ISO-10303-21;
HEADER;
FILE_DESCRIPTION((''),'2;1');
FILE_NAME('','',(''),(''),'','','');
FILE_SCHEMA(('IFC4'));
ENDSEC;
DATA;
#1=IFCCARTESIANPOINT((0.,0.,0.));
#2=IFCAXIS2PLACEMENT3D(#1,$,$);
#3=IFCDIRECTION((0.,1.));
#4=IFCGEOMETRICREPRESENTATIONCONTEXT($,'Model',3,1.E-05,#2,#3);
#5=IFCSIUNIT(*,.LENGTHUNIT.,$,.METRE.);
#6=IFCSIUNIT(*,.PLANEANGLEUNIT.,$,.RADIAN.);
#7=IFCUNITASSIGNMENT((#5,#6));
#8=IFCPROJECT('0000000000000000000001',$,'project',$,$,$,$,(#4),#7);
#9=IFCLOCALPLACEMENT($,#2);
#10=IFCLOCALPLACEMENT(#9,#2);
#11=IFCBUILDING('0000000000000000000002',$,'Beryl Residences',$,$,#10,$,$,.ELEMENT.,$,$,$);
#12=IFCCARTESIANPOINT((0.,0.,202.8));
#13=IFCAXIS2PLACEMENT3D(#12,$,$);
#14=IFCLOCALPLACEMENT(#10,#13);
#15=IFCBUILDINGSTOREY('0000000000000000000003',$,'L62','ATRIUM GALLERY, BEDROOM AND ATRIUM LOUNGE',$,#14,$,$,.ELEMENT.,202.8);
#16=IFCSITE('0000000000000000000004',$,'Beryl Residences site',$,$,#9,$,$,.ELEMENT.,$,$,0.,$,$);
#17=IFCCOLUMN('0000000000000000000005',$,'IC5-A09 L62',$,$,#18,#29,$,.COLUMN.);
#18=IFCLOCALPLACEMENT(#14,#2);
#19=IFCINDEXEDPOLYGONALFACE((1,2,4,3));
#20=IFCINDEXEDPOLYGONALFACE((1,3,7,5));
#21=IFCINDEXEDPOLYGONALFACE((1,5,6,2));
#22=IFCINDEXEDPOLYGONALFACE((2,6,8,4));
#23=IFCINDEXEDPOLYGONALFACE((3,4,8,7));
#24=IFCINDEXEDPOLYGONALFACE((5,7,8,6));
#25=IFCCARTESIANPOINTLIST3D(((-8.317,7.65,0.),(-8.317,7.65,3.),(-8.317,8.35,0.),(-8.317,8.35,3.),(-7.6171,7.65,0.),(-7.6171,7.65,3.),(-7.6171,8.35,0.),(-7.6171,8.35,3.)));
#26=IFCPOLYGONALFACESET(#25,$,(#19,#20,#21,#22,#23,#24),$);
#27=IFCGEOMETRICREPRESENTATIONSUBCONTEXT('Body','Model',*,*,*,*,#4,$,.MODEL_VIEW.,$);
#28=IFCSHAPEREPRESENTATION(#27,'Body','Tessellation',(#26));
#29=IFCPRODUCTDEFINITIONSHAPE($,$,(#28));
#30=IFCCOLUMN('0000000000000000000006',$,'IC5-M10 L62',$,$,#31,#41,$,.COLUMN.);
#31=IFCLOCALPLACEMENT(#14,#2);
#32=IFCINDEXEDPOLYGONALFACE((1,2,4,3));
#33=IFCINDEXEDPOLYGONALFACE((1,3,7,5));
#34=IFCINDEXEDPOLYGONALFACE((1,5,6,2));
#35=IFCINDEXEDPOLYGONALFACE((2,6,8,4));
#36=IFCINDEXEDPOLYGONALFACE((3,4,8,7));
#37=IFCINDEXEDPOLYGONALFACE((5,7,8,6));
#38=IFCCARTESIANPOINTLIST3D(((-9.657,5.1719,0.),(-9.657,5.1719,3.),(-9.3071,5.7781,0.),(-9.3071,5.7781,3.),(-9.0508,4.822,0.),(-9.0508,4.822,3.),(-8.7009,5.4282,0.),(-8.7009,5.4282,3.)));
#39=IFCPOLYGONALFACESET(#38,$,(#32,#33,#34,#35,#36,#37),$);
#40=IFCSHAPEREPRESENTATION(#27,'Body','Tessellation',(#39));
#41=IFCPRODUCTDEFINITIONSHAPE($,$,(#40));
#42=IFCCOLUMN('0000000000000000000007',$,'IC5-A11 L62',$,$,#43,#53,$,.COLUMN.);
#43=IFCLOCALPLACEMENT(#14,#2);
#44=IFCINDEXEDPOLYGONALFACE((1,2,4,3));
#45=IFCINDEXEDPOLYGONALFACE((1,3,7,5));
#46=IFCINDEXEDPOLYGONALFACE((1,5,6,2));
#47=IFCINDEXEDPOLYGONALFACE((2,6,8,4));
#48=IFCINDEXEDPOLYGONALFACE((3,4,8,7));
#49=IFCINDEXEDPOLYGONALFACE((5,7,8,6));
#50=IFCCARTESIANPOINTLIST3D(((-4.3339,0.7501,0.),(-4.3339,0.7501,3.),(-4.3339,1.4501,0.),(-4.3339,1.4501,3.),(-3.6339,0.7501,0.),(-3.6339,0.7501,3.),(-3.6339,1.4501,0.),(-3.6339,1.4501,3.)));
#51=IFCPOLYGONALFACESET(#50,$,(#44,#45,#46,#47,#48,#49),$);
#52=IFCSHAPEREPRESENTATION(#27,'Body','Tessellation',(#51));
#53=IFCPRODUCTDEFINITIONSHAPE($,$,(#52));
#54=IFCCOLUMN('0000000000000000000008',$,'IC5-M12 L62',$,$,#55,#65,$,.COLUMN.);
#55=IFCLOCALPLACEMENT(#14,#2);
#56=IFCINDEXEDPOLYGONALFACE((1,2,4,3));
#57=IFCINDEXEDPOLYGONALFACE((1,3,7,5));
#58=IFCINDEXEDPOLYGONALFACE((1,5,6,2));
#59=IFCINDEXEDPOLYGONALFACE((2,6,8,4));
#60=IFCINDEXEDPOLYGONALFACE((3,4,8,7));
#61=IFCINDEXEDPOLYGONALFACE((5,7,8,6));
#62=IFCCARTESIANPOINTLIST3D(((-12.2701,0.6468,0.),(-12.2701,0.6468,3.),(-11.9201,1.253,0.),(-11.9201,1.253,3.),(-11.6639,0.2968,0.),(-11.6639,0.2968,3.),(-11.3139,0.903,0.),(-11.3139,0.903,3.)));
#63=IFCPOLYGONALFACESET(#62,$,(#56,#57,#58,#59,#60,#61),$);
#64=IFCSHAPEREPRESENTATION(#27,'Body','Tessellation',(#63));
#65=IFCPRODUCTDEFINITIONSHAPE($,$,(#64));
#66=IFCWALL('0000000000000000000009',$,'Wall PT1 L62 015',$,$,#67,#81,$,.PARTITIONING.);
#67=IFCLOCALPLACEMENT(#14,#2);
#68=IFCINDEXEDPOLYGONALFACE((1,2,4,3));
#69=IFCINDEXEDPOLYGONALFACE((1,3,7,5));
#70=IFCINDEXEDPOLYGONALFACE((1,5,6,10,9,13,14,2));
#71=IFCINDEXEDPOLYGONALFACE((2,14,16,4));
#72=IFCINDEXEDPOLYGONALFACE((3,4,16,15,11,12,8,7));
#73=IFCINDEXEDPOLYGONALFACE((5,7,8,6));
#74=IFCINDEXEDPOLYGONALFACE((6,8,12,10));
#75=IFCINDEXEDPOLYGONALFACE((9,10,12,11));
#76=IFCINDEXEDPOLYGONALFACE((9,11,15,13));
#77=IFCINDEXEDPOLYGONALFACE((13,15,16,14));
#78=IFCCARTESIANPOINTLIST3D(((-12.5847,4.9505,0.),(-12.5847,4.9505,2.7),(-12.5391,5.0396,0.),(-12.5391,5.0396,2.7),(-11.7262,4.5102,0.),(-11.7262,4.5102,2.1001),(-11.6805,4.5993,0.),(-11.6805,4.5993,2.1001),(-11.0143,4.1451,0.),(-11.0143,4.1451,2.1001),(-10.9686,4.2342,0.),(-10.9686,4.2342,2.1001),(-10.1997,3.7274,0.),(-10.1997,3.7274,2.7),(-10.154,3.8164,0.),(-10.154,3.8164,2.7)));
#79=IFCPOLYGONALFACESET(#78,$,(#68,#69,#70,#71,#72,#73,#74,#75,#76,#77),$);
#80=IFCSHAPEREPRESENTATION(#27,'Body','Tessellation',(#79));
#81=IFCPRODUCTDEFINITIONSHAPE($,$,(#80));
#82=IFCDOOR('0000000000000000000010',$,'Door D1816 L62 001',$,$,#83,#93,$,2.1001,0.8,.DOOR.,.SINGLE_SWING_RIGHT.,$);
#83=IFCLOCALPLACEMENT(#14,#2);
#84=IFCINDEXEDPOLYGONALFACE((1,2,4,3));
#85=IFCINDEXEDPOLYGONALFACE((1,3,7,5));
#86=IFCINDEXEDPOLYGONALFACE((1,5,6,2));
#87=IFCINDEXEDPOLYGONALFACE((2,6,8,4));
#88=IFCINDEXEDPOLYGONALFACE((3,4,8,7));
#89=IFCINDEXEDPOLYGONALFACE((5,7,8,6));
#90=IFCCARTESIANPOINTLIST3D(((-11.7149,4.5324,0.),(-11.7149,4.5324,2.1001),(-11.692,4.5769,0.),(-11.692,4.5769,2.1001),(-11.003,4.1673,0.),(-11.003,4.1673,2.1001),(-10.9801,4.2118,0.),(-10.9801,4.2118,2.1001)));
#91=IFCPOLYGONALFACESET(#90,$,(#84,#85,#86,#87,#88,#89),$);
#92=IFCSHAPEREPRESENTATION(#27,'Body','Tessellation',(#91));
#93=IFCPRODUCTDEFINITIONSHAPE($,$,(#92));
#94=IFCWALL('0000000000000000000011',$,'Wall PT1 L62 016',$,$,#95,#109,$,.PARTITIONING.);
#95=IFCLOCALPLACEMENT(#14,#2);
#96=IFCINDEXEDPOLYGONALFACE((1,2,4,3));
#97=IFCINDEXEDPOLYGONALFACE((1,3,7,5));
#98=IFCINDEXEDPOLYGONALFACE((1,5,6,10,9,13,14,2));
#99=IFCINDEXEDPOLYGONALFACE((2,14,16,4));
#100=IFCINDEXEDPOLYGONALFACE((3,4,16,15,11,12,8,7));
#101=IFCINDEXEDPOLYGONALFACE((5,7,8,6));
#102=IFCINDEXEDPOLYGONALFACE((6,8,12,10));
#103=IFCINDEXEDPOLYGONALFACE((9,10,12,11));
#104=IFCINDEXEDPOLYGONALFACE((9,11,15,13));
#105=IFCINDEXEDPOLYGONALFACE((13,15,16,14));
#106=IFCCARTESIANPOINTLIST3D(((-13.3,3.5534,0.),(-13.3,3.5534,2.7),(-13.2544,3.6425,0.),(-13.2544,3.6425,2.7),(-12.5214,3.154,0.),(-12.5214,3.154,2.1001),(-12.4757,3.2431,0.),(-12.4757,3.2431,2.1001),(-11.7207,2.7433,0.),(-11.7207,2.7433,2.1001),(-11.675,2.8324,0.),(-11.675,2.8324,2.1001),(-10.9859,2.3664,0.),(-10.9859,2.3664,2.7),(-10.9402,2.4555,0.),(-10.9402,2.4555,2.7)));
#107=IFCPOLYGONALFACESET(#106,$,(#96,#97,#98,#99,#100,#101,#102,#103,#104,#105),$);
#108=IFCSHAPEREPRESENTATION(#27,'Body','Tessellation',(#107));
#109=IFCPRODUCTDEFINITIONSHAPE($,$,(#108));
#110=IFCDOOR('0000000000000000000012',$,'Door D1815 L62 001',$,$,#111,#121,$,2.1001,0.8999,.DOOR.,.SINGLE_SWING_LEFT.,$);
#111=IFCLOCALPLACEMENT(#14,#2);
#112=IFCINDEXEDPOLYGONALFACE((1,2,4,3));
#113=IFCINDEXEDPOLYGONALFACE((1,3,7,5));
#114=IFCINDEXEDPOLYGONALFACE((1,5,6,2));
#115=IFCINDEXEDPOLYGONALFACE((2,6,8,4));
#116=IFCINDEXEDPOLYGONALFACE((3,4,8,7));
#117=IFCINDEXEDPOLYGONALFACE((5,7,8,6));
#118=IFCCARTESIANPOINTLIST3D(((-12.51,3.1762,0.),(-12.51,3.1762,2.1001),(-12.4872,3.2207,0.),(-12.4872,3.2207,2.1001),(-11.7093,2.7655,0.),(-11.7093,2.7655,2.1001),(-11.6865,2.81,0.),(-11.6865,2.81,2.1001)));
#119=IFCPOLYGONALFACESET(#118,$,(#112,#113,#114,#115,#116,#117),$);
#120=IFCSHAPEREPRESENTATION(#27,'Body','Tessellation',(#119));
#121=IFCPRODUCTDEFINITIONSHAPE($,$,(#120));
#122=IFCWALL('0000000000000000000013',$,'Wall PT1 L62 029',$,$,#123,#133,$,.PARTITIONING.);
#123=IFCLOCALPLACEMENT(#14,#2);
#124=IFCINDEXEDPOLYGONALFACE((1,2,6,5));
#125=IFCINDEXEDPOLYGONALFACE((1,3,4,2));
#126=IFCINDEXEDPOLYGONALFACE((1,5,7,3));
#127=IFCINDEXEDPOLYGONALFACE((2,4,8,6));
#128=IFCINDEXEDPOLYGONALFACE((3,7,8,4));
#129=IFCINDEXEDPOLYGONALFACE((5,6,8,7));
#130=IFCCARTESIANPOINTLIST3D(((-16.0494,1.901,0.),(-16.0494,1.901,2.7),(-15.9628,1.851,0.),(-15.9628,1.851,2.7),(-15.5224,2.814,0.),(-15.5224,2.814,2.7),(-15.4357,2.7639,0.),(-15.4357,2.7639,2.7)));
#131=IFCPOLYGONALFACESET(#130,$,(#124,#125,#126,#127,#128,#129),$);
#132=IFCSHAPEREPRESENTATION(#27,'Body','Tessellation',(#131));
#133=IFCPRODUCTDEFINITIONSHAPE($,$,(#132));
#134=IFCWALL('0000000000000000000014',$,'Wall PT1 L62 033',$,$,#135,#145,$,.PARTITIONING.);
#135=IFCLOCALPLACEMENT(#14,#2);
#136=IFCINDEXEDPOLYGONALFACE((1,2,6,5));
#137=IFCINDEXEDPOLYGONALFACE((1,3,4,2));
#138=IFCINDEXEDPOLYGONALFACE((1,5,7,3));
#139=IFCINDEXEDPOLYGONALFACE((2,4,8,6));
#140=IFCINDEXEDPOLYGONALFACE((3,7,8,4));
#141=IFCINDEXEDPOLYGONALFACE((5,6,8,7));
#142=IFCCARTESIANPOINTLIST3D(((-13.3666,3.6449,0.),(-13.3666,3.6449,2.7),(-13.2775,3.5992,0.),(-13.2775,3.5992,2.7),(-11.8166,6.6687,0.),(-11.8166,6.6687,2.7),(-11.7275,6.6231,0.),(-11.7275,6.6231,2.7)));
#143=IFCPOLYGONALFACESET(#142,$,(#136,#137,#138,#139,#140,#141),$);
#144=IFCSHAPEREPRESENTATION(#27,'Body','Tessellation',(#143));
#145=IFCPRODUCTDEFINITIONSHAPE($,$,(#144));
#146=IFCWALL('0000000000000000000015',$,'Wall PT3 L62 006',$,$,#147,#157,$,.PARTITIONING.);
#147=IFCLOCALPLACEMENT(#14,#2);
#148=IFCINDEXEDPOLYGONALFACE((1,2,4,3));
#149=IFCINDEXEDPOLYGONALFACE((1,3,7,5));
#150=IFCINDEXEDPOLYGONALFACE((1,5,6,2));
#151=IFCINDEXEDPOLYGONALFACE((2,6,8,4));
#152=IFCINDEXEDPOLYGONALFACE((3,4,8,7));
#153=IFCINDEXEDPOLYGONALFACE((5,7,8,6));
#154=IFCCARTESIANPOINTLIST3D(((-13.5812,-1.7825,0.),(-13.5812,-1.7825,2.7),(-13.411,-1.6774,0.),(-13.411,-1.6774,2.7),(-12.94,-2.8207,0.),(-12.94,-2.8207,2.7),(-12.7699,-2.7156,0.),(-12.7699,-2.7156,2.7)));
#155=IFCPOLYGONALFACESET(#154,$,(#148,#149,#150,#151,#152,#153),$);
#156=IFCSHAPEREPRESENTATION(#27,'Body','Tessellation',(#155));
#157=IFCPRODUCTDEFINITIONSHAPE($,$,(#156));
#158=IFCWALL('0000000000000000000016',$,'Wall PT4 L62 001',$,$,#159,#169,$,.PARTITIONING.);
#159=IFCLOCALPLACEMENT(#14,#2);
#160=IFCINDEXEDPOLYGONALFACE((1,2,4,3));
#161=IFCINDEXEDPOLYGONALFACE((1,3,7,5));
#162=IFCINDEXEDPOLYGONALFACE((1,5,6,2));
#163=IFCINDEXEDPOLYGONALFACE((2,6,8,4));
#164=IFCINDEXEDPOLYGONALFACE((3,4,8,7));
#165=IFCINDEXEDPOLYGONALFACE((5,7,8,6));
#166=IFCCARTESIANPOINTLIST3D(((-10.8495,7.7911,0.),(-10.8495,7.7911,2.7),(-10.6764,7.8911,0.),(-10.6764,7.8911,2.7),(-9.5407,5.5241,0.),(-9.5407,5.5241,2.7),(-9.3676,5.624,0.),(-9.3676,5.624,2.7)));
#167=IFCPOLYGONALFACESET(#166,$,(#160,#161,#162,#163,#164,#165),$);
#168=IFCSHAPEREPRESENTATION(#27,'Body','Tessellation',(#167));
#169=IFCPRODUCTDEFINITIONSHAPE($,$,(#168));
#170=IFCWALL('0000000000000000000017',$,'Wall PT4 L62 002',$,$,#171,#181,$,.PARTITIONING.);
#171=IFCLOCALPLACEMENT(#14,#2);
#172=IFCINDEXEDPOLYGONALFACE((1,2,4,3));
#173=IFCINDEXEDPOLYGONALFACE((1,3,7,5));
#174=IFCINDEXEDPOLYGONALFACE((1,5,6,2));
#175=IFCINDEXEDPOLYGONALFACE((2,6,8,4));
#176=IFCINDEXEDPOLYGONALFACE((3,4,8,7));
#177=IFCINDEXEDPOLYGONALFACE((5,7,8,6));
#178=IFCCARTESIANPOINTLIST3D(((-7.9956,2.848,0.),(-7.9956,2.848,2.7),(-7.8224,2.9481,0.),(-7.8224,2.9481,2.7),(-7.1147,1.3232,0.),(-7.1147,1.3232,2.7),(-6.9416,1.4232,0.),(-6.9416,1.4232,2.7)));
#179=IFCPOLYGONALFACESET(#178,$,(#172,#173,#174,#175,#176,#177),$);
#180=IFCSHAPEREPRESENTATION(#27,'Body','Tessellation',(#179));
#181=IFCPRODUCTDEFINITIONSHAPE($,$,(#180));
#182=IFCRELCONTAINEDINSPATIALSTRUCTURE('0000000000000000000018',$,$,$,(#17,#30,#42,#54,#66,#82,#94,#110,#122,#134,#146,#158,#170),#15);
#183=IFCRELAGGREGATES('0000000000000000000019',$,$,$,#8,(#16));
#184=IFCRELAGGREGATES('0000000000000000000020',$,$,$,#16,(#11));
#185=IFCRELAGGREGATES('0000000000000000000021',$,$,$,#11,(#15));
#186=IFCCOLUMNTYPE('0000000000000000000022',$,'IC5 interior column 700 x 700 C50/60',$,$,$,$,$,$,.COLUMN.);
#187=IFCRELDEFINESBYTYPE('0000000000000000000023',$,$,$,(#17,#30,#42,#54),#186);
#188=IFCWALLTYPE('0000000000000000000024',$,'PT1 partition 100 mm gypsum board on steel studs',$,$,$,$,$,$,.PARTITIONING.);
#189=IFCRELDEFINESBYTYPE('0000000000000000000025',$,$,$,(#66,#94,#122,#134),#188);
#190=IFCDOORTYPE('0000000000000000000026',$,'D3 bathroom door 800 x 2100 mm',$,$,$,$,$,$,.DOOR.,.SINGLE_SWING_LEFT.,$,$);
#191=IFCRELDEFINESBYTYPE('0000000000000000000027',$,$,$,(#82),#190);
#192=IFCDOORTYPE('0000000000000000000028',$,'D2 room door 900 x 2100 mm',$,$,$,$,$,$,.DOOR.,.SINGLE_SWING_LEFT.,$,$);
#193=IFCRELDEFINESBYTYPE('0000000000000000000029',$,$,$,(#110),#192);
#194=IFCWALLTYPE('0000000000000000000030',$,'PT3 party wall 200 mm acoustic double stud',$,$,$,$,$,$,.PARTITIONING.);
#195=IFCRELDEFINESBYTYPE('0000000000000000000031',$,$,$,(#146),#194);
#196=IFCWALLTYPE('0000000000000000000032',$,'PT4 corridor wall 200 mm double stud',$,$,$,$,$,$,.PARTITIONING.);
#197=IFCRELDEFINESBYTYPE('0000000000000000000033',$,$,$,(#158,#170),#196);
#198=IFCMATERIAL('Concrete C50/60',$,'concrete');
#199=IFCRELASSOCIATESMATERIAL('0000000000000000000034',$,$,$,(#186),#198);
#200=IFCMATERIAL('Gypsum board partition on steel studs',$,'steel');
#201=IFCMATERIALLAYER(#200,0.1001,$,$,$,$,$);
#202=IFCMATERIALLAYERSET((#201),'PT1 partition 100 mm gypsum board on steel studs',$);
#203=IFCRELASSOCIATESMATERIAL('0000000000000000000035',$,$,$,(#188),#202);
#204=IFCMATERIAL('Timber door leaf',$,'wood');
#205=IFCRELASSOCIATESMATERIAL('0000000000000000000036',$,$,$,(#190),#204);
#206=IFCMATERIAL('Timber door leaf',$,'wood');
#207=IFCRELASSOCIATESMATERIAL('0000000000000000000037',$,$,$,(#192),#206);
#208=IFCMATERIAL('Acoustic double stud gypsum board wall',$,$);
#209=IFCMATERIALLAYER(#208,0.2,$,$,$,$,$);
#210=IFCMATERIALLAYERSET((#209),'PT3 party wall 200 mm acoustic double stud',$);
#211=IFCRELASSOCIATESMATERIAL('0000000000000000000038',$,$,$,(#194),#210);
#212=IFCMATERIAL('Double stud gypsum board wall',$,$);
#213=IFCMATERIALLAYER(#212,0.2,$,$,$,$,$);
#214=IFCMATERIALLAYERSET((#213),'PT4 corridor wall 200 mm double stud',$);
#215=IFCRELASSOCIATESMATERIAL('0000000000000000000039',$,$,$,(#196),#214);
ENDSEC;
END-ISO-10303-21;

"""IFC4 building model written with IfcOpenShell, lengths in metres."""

from ifc_helpers import new_model, si_unit, direction, frame, frame_2d, origin, origin_2d, place, context, subcontext, project, spatial, rectangle, extrude, material, layer, layer_set, material_profile, profile_set, type_object, element, fill, save


model = new_model("IFC4")

# Units and contexts
model_context = context("Model", 3, precision=1e-05, world=origin(), true_north=direction((0.0, 1.0)))
body_context = subcontext(model_context, "Body", "Model", "MODEL_VIEW")
ifc_project = project(units=[si_unit("LENGTHUNIT", "METRE"), si_unit("PLANEANGLEUNIT", "RADIAN")], contexts=[model_context])

# Site, building, storey
site_placement = place(None, origin())
site = spatial("IfcSite", under=ifc_project, at=site_placement, Name="Beryl Residences site", CompositionType="ELEMENT", RefElevation=0.0)
building_placement = place(site_placement, origin())
building = spatial("IfcBuilding", under=site, at=building_placement, Name="Beryl Residences", CompositionType="ELEMENT")
storey_placement = place(building_placement, frame((0.0, 0.0, 202.8)))
storey = spatial("IfcBuildingStorey", under=building, at=storey_placement, Name="L62", Description="ATRIUM GALLERY, BEDROOM AND ATRIUM LOUNGE", CompositionType="ELEMENT", Elevation=202.8)

# Columns
ifc_material_1 = material(Name="Concrete C50/60", Category="concrete")
ifc_material_profile = material_profile(ifc_material_1, rectangle(XDim=0.7, YDim=0.7, at=origin_2d()))
ifc_profile_set = profile_set([ifc_material_profile], Name="Concrete C50/60")
column_type = type_object("IfcColumnType", Name="IC5 interior column 700 x 700 C50/60", PredefinedType="COLUMN", material=ifc_profile_set)
for number, where, z_axis, x_axis, name in (
    (1, (-7.967, 8.0, 0.0), (0.0, 0.0, 1.0), (1.0, 0.0, 0.0), "IC5-A09 L62"),
    (2, (-9.179, 5.3, 0.0), (0.0, 0.0, 1.0), (-0.49997, -0.866043, 0.0), "IC5-M10 L62"),
    (3, (-3.9839, 1.1001, 0.0), (0.0, 0.0, 1.0), (1.0, 0.0, 0.0), "IC5-A11 L62"),
    (4, (-11.792, 0.7749, 0.0), (0.0, 0.0, 1.0), (-0.49997, -0.866043, 0.0), "IC5-M12 L62"),
):
    element("IfcColumn", number, at=place(storey_placement, frame(where, z_axis=z_axis, x_axis=x_axis)), inside=storey, type_object=column_type, Name=name, PredefinedType="COLUMN", context=body_context, shape_type="SweptSolid", body=[
        extrude(rectangle(XDim=0.7, YDim=0.7, at=origin_2d()), origin(), (0.0, 0.0, 1.0), 3.0),
    ])

# Walls, openings, doors
ifc_material_2 = material(Name="Gypsum board partition on steel studs", Category="steel")
ifc_layer_1 = layer(ifc_material_2, 0.1001)
ifc_layer_set_1 = layer_set([ifc_layer_1], Name="PT1 partition 100 mm gypsum board on steel studs")
wall_type_1 = type_object("IfcWallType", Name="PT1 partition 100 mm gypsum board on steel studs", PredefinedType="PARTITIONING", material=ifc_layer_set_1)
wall_1_placement = place(storey_placement, frame((-12.562, 4.9951, 0.0), z_axis=(0.0, 0.0, 1.0), x_axis=(0.889808, -0.456335, 0.0)))
wall_1 = element("IfcWall", 5, at=wall_1_placement, inside=storey, type_object=wall_type_1, Name="Wall PT1 L62 015", PredefinedType="PARTITIONING", context=body_context, shape_type="SweptSolid", body=[
    extrude(rectangle(XDim=2.6804, YDim=0.1001, at=frame_2d((1.3403, 0.0))), origin(), (0.0, 0.0, 1.0), 2.7),
])
opening_1_placement = place(wall_1_placement, frame((0.9651, 0.0, 0.0)))
opening_1 = element("IfcOpeningElement", 6, at=opening_1_placement, cuts=wall_1, PredefinedType="OPENING", context=body_context, shape_type="SweptSolid", body=[
    extrude(rectangle(XDim=0.8, YDim=2.1001, at=frame_2d((0.3999, 1.05))), frame((0.0, 0.0601, 0.0), z_axis=(0.0, -1.0, 0.0), x_axis=(1.0, 0.0, 0.0)), (0.0, 0.0, 1.0), 0.1201),
])
ifc_material_3 = material(Name="Timber door leaf", Category="wood")
door_type_1 = type_object("IfcDoorType", Name="D3 bathroom door 800 x 2100 mm", OperationType="SINGLE_SWING_LEFT", PredefinedType="DOOR", material=ifc_material_3)
door_1_placement = place(opening_1_placement, origin())
door_1 = element("IfcDoor", 7, at=door_1_placement, inside=storey, type_object=door_type_1, Name="Door D1816 L62 001", OperationType="SINGLE_SWING_RIGHT", OverallHeight=2.1001, OverallWidth=0.8, PredefinedType="DOOR", context=body_context, shape_type="SweptSolid", body=[
    extrude(rectangle(XDim=0.8, YDim=2.1001, at=frame_2d((0.3999, 1.05))), frame((0.0, 0.0249, 0.0), z_axis=(0.0, -1.0, 0.0), x_axis=(1.0, 0.0, 0.0)), (0.0, 0.0, 1.0), 0.05),
])
fill(opening_1, door_1)
wall_2_placement = place(storey_placement, frame((-13.2771, 3.5979, 0.0), z_axis=(0.0, 0.0, 1.0), x_axis=(0.88978, -0.456389, 0.0)))
wall_2 = element("IfcWall", 8, at=wall_2_placement, inside=storey, type_object=wall_type_1, Name="Wall PT1 L62 016", PredefinedType="PARTITIONING", context=body_context, shape_type="SweptSolid", body=[
    extrude(rectangle(XDim=2.6008, YDim=0.1001, at=frame_2d((1.3003, 0.0))), origin(), (0.0, 0.0, 1.0), 2.7),
])
opening_2_placement = place(wall_2_placement, frame((0.875, 0.0, 0.0)))
opening_2 = element("IfcOpeningElement", 9, at=opening_2_placement, cuts=wall_2, PredefinedType="OPENING", context=body_context, shape_type="SweptSolid", body=[
    extrude(rectangle(XDim=0.8999, YDim=2.1001, at=frame_2d((0.45, 1.05))), frame((0.0, 0.0601, 0.0), z_axis=(0.0, -1.0, 0.0), x_axis=(1.0, 0.0, 0.0)), (0.0, 0.0, 1.0), 0.1201),
])
ifc_material_4 = material(Name="Timber door leaf", Category="wood")
door_type_2 = type_object("IfcDoorType", Name="D2 room door 900 x 2100 mm", OperationType="SINGLE_SWING_LEFT", PredefinedType="DOOR", material=ifc_material_4)
door_2_placement = place(opening_2_placement, origin())
door_2 = element("IfcDoor", 10, at=door_2_placement, inside=storey, type_object=door_type_2, Name="Door D1815 L62 001", OperationType="SINGLE_SWING_LEFT", OverallHeight=2.1001, OverallWidth=0.8999, PredefinedType="DOOR", context=body_context, shape_type="SweptSolid", body=[
    extrude(rectangle(XDim=0.8999, YDim=2.1001, at=frame_2d((0.45, 1.05))), frame((0.0, 0.0249, 0.0), z_axis=(0.0, -1.0, 0.0), x_axis=(1.0, 0.0, 0.0)), (0.0, 0.0, 1.0), 0.05),
])
fill(opening_2, door_2)

# Walls
wall_3_placement = place(storey_placement, frame((-16.0061, 1.876, 0.0), z_axis=(0.0, 0.0, 1.0), x_axis=(0.49995, 0.866054, 0.0)))
element("IfcWall", 11, at=wall_3_placement, inside=storey, type_object=wall_type_1, Name="Wall PT1 L62 029", PredefinedType="PARTITIONING", context=body_context, shape_type="SweptSolid", body=[
    extrude(rectangle(XDim=1.0542, YDim=0.1001, at=frame_2d((0.5271, 0.0))), origin(), (0.0, 0.0, 1.0), 2.7),
])
wall_4_placement = place(storey_placement, frame((-13.322, 3.6221, 0.0), z_axis=(0.0, 0.0, 1.0), x_axis=(0.456158, 0.889899, 0.0)))
element("IfcWall", 12, at=wall_4_placement, inside=storey, type_object=wall_type_1, Name="Wall PT1 L62 033", PredefinedType="PARTITIONING", context=body_context, shape_type="SweptSolid", body=[
    extrude(rectangle(XDim=3.3979, YDim=0.1001, at=frame_2d((1.699, 0.0))), origin(), (0.0, 0.0, 1.0), 2.7),
])
ifc_material_5 = material(Name="Acoustic double stud gypsum board wall")
ifc_layer_2 = layer(ifc_material_5, 0.2)
ifc_layer_set_2 = layer_set([ifc_layer_2], Name="PT3 party wall 200 mm acoustic double stud")
wall_type_2 = type_object("IfcWallType", Name="PT3 party wall 200 mm acoustic double stud", PredefinedType="PARTITIONING", material=ifc_layer_set_2)
wall_5_placement = place(storey_placement, frame((-13.4961, -1.73, 0.0), z_axis=(0.0, 0.0, 1.0), x_axis=(0.525459, -0.850819, 0.0)))
element("IfcWall", 13, at=wall_5_placement, inside=storey, type_object=wall_type_2, Name="Wall PT3 L62 006", PredefinedType="PARTITIONING", context=body_context, shape_type="SweptSolid", body=[
    extrude(rectangle(XDim=1.2202, YDim=0.2, at=frame_2d((0.6101, 0.0))), origin(), (0.0, 0.0, 1.0), 2.7),
])
ifc_material_6 = material(Name="Double stud gypsum board wall")
ifc_layer_3 = layer(ifc_material_6, 0.2)
ifc_layer_set_3 = layer_set([ifc_layer_3], Name="PT4 corridor wall 200 mm double stud")
wall_type_3 = type_object("IfcWallType", Name="PT4 corridor wall 200 mm double stud", PredefinedType="PARTITIONING", material=ifc_layer_set_3)
wall_6_placement = place(storey_placement, frame((-10.7629, 7.8411, 0.0), z_axis=(0.0, 0.0, 1.0), x_axis=(0.499981, -0.866036, 0.0)))
element("IfcWall", 14, at=wall_6_placement, inside=storey, type_object=wall_type_3, Name="Wall PT4 L62 001", PredefinedType="PARTITIONING", context=body_context, shape_type="SweptSolid", body=[
    extrude(rectangle(XDim=2.6177, YDim=0.2, at=frame_2d((1.3088, 0.0))), origin(), (0.0, 0.0, 1.0), 2.7),
])
wall_7_placement = place(storey_placement, frame((-7.9089, 2.8979, 0.0), z_axis=(0.0, 0.0, 1.0), x_axis=(0.500194, -0.865913, 0.0)))
element("IfcWall", 15, at=wall_7_placement, inside=storey, type_object=wall_type_3, Name="Wall PT4 L62 002", PredefinedType="PARTITIONING", context=body_context, shape_type="SweptSolid", body=[
    extrude(rectangle(XDim=1.761, YDim=0.2, at=frame_2d((0.8804, 0.0))), origin(), (0.0, 0.0, 1.0), 2.7),
])

save(model, "model.ifc")
